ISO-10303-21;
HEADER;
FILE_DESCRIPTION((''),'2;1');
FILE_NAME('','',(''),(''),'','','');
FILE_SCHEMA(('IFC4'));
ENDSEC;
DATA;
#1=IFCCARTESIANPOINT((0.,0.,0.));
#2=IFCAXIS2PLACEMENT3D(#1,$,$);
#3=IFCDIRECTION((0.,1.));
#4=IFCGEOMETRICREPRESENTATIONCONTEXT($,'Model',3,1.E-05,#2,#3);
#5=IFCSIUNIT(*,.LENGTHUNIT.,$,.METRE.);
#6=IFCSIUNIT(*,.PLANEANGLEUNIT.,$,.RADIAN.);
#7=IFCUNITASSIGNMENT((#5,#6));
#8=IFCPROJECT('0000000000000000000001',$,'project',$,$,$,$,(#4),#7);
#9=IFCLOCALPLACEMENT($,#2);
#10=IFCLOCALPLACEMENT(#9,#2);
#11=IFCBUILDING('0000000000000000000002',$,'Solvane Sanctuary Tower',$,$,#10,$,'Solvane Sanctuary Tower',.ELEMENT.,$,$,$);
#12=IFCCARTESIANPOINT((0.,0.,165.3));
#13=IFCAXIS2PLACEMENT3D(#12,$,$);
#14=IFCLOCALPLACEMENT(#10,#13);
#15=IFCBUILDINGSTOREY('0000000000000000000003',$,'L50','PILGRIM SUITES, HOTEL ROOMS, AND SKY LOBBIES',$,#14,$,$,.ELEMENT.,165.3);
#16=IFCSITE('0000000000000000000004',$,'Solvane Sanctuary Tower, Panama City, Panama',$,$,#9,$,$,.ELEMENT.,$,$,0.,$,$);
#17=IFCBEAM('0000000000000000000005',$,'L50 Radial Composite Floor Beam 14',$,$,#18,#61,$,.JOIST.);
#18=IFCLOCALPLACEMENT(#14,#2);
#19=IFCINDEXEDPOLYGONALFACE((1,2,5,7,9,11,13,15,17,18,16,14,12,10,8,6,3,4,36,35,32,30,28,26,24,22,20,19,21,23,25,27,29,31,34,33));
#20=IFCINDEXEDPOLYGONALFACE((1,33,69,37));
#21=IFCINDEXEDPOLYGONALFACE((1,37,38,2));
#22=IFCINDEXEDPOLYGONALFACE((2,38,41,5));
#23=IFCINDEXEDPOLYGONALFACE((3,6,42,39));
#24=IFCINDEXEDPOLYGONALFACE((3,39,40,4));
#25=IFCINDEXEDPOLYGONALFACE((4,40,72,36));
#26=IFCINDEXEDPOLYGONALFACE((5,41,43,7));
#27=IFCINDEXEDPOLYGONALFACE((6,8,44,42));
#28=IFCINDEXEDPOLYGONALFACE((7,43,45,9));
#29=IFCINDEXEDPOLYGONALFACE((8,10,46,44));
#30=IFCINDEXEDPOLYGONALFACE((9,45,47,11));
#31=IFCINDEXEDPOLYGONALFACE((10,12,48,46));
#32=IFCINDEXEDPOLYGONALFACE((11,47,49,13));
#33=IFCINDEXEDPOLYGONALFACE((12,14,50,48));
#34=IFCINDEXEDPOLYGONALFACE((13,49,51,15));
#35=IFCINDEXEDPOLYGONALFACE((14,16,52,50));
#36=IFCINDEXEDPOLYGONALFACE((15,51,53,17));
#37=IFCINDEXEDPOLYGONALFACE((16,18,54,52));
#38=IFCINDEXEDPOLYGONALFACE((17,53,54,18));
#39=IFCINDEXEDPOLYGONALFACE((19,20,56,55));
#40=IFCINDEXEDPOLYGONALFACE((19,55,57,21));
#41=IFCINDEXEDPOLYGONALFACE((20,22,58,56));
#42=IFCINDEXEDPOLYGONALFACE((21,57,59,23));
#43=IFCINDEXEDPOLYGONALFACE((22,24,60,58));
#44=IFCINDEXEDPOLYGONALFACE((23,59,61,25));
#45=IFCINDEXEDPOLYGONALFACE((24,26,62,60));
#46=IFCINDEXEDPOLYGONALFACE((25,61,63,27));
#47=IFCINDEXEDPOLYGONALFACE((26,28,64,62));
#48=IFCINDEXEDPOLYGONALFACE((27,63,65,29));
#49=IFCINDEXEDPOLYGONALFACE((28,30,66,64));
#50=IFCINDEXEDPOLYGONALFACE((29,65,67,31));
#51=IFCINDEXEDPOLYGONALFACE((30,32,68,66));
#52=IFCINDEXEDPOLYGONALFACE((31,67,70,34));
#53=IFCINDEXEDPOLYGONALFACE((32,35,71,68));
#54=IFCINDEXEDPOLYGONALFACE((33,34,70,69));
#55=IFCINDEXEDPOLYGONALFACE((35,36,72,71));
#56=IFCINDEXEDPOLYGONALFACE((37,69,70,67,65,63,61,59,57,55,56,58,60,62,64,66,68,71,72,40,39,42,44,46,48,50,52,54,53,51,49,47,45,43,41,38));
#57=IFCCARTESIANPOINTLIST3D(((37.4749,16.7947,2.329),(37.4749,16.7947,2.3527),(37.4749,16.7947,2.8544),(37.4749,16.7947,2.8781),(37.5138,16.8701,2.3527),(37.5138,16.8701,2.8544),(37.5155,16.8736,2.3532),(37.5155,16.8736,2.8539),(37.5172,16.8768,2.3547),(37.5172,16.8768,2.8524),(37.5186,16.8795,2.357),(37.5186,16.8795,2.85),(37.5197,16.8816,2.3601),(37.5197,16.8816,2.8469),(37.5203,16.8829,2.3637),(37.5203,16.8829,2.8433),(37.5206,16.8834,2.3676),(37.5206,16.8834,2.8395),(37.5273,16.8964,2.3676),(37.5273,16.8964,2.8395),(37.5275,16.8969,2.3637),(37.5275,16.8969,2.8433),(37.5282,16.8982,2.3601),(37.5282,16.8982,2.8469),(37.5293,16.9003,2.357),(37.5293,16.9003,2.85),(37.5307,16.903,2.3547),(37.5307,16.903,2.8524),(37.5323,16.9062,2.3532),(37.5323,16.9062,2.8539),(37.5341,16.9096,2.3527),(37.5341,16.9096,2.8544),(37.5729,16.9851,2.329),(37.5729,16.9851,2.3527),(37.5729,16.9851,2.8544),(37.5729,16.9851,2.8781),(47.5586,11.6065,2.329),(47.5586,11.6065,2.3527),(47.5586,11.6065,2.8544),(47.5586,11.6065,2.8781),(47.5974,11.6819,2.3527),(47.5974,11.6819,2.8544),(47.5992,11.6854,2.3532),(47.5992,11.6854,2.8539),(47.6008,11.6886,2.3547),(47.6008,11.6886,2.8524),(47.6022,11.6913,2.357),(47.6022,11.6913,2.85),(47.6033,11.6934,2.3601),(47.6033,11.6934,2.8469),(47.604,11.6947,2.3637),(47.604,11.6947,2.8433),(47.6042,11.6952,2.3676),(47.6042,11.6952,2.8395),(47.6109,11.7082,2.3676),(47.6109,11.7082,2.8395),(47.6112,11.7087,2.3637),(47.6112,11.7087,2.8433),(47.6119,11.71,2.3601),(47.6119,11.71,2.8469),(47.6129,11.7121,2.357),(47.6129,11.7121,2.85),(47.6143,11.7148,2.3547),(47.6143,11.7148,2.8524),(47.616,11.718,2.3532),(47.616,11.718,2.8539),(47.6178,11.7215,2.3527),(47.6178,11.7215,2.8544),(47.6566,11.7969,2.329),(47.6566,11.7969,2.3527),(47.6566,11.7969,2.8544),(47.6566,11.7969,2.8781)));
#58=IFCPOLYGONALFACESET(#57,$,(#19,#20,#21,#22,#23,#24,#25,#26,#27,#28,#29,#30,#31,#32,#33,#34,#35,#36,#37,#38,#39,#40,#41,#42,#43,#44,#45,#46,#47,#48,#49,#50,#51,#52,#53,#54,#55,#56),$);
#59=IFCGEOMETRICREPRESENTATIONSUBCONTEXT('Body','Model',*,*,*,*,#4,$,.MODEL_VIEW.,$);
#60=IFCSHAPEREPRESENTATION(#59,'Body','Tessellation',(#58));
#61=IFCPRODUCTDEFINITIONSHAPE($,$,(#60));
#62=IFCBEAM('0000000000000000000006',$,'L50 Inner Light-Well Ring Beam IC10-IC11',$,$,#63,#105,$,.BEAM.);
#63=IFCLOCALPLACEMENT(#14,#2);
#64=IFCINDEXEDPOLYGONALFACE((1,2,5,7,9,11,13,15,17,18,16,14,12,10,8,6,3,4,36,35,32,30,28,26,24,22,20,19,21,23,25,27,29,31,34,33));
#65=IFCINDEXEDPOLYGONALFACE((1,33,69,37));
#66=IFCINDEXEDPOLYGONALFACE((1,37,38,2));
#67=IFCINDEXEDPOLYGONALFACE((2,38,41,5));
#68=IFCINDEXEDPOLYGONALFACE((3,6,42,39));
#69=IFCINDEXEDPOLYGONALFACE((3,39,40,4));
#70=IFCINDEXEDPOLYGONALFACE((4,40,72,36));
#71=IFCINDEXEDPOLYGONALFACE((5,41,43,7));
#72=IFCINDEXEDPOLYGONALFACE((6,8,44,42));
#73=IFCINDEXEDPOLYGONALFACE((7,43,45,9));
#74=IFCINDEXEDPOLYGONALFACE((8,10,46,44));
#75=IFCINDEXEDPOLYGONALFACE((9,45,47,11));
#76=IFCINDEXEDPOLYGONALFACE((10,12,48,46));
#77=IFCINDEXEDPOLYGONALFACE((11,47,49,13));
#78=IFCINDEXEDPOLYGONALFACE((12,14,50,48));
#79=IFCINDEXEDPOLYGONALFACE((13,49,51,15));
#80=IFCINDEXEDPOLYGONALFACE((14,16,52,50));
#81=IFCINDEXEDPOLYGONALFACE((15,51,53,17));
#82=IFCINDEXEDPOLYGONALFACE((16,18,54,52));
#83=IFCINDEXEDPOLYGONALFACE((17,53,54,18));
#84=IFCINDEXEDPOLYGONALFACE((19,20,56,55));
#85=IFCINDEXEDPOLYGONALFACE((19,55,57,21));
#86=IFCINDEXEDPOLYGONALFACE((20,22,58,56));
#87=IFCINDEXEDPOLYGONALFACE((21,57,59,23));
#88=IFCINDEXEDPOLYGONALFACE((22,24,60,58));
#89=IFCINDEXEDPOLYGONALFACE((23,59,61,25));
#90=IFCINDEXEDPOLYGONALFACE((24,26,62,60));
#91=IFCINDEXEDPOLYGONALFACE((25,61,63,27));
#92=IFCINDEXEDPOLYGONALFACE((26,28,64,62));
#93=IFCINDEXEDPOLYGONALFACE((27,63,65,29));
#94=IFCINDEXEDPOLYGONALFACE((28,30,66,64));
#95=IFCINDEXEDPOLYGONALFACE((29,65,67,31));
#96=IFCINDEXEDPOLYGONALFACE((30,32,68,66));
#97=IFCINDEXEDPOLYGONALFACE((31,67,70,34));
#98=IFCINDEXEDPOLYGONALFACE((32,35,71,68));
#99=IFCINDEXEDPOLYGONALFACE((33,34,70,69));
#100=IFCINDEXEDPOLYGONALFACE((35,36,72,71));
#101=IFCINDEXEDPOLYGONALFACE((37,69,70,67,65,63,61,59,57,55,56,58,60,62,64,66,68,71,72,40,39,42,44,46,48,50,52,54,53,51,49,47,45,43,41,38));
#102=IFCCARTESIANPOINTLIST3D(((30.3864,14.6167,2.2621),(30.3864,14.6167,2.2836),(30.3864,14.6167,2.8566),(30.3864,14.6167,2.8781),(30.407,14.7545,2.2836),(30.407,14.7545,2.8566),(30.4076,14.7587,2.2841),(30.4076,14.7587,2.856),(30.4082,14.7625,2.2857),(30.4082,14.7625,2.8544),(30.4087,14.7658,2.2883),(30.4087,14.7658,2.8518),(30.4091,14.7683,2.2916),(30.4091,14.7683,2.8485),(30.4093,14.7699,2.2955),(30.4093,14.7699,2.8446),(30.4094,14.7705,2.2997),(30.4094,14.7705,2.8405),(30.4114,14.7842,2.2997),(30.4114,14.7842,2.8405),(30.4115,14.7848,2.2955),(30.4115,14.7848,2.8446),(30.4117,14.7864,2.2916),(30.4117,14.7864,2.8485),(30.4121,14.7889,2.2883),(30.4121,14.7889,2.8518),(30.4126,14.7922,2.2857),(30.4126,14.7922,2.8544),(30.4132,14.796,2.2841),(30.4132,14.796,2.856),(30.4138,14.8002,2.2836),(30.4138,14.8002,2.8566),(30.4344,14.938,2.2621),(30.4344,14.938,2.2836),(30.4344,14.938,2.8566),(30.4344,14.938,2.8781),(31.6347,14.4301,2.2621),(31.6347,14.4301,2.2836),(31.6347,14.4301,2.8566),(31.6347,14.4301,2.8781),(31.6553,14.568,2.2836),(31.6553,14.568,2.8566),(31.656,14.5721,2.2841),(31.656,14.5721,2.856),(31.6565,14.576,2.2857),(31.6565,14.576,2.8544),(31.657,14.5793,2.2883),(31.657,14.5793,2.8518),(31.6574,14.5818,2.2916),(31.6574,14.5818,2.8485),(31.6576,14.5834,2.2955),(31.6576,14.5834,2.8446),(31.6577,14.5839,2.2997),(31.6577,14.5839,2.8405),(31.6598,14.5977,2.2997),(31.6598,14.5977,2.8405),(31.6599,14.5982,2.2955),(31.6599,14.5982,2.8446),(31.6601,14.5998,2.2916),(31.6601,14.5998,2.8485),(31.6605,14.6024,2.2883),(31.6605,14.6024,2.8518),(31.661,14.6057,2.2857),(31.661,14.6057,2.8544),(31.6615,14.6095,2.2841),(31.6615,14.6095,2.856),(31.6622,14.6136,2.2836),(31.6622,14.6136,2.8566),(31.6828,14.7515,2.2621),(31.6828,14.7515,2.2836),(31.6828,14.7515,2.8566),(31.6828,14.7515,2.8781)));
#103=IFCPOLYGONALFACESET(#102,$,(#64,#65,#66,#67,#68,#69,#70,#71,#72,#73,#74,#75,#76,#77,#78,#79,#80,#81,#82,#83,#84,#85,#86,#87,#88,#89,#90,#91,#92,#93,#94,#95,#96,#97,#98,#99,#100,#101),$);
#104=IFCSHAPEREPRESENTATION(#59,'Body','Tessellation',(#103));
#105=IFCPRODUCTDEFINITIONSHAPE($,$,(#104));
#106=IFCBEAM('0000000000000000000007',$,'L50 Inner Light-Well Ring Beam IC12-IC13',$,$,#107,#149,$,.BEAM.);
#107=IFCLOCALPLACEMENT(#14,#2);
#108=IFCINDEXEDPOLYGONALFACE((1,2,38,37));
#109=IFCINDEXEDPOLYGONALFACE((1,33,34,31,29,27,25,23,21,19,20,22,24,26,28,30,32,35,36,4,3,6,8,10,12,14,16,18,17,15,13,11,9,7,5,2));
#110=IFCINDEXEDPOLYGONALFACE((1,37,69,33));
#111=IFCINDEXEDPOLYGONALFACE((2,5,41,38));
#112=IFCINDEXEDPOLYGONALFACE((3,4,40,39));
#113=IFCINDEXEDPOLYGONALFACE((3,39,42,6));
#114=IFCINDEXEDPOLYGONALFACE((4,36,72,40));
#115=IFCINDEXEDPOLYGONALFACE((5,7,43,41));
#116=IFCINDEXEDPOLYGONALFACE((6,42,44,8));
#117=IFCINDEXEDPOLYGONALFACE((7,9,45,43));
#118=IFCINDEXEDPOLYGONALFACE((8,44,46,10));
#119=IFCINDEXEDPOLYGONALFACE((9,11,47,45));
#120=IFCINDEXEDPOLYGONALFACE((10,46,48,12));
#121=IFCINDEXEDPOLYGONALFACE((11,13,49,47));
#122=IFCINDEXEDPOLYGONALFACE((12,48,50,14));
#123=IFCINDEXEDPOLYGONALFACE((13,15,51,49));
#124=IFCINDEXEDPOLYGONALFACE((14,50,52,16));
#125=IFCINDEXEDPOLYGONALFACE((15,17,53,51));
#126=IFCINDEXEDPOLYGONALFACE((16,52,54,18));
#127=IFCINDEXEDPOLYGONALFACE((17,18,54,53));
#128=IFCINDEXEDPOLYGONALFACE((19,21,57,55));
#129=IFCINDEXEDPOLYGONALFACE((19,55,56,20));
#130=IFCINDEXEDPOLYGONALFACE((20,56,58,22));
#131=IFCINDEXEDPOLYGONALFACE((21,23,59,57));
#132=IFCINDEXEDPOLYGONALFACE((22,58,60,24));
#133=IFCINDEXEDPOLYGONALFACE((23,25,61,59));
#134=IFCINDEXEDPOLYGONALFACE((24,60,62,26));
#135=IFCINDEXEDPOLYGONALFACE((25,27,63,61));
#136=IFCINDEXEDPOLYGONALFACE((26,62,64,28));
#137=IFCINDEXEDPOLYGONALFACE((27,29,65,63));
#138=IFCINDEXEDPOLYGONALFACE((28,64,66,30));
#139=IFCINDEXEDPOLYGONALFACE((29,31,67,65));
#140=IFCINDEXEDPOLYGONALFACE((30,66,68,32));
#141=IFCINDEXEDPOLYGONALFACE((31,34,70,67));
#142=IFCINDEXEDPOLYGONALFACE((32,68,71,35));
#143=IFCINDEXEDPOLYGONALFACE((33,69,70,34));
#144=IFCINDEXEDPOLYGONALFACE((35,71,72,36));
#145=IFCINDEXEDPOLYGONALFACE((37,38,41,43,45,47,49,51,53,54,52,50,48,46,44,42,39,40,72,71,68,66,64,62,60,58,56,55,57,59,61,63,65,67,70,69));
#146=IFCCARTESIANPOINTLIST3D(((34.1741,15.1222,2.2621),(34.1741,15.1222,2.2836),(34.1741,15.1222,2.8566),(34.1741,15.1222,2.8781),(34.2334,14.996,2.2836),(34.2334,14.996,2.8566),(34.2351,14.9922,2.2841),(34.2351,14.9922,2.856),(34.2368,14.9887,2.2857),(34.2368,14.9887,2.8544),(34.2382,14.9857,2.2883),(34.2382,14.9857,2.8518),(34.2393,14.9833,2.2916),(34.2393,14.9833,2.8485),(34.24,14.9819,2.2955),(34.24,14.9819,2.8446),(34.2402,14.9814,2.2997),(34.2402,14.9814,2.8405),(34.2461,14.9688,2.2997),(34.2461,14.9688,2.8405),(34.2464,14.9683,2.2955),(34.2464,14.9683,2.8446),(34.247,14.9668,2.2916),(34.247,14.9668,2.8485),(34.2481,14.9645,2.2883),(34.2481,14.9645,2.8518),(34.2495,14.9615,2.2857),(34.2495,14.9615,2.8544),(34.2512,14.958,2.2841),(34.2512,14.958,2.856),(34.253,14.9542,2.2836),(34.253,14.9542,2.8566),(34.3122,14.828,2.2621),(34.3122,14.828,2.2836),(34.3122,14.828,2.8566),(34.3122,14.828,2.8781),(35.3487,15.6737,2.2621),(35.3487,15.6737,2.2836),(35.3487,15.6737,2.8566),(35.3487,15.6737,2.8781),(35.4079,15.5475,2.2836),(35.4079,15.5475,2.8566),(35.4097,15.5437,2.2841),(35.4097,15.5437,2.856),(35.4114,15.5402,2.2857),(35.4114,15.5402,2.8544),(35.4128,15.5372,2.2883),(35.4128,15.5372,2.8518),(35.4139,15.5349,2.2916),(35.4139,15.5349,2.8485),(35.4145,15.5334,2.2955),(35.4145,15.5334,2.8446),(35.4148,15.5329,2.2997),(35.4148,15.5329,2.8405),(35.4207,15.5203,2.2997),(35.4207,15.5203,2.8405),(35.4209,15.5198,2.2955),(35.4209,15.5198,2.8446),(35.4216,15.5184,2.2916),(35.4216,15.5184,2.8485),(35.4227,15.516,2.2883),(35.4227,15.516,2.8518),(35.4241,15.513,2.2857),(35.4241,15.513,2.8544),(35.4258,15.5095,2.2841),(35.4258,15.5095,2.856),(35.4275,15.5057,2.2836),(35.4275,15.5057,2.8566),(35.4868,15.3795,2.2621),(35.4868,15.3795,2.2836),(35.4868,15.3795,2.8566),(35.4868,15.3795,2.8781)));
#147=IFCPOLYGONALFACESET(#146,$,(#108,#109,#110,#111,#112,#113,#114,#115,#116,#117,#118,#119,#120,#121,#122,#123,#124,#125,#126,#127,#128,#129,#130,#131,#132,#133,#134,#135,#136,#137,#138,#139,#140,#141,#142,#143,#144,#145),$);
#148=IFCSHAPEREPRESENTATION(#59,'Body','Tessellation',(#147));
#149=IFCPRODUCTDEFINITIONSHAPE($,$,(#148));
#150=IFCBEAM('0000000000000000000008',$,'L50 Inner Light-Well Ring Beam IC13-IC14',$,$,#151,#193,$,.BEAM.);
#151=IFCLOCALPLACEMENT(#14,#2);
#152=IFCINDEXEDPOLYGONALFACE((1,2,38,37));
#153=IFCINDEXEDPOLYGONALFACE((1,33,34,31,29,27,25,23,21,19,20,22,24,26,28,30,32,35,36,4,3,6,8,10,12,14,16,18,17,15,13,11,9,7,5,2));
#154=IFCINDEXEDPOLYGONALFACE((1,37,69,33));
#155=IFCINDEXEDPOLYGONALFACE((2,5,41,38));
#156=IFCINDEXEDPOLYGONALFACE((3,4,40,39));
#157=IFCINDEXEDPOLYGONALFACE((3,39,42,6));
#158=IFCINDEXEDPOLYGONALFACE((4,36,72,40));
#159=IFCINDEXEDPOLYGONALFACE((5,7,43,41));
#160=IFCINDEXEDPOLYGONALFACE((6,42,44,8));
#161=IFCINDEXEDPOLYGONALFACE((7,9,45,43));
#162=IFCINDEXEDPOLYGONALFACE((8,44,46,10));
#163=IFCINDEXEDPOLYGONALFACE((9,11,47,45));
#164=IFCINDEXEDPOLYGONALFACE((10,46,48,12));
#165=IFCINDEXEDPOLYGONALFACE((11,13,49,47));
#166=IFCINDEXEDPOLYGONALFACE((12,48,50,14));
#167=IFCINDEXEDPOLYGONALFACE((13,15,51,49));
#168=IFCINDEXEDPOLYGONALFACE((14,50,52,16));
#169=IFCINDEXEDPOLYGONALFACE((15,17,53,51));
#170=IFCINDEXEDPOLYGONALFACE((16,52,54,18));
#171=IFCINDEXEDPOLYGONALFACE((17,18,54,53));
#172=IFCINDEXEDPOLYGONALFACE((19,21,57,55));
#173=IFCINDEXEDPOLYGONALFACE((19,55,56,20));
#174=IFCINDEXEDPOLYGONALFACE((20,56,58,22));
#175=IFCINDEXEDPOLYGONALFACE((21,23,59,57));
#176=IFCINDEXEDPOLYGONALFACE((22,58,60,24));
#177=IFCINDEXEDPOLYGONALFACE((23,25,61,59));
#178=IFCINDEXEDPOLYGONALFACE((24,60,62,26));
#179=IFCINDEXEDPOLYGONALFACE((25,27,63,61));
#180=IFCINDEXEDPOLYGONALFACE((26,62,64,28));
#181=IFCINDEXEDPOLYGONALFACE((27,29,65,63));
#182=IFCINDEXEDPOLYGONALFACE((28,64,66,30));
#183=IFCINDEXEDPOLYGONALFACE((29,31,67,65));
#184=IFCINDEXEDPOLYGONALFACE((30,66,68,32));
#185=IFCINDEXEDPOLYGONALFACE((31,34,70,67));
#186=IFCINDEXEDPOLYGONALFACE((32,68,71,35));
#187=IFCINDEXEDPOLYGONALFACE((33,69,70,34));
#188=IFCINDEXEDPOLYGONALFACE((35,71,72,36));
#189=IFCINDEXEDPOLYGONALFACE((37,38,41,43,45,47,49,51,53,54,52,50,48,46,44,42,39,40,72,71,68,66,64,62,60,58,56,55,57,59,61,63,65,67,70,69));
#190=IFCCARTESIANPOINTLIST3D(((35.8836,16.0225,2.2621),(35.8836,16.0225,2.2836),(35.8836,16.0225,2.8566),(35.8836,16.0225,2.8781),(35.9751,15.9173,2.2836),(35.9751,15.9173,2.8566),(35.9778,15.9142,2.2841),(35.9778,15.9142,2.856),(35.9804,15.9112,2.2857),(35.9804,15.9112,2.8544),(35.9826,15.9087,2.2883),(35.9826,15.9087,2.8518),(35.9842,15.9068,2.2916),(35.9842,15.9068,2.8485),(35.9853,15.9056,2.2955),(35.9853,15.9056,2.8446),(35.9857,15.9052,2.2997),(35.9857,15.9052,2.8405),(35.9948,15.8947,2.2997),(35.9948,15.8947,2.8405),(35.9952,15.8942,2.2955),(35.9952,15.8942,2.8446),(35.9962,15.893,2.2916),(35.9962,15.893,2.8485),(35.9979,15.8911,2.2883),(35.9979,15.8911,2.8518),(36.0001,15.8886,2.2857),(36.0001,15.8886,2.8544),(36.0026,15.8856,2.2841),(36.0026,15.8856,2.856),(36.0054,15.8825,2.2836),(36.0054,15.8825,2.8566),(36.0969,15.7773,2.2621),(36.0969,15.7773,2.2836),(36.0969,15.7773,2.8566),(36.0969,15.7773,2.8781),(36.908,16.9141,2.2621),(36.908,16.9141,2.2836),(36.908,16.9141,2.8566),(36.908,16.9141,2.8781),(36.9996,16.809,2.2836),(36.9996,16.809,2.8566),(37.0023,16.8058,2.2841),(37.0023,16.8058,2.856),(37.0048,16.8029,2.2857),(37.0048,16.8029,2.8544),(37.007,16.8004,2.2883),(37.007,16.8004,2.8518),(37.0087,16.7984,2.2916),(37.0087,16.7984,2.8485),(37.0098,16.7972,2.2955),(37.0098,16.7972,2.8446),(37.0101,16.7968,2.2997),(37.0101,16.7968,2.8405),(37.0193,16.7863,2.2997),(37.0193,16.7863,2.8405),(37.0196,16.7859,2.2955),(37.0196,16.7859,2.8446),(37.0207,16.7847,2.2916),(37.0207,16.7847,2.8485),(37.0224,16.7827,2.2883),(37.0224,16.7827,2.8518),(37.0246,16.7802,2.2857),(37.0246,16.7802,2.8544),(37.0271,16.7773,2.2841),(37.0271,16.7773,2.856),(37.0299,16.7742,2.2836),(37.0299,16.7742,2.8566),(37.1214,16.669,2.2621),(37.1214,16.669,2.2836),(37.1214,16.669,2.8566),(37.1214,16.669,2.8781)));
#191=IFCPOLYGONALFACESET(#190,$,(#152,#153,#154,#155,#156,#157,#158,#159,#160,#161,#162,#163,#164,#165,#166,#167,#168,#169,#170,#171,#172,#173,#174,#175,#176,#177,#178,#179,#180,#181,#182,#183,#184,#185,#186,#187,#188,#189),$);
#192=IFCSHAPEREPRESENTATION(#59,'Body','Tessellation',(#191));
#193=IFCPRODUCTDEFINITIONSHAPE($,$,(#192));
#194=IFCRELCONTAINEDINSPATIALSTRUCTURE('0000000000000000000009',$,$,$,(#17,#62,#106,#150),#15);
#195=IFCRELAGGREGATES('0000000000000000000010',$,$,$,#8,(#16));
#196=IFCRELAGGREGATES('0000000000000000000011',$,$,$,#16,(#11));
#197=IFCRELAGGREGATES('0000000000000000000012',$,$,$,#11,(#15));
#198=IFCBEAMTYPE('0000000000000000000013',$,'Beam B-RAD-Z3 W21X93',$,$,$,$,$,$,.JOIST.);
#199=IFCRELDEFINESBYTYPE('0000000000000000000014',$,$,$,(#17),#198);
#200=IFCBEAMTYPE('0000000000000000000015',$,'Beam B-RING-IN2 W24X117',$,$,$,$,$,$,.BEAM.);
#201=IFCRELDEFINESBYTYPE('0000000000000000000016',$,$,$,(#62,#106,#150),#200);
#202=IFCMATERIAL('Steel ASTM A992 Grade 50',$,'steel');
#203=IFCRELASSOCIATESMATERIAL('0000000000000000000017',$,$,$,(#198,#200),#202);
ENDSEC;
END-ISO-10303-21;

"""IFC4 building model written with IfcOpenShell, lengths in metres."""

from ifc_helpers import new_model, si_unit, direction, frame, origin, origin_2d, place, context, subcontext, project, spatial, i_section, extrude, material, material_profile, profile_set, type_object, element, save


model = new_model("IFC4")

# Units and contexts
model_context = context("Model", 3, precision=1e-05, world=origin(), true_north=direction((0.0, 1.0)))
body_context = subcontext(model_context, "Body", "Model", "MODEL_VIEW")
ifc_project = project(units=[si_unit("LENGTHUNIT", "METRE"), si_unit("PLANEANGLEUNIT", "RADIAN")], contexts=[model_context])

# Site, building, storey
site_placement = place(None, origin())
site = spatial("IfcSite", under=ifc_project, at=site_placement, Name="Solvane Sanctuary Tower, Panama City, Panama", CompositionType="ELEMENT", RefElevation=0.0)
building_placement = place(site_placement, origin())
building = spatial("IfcBuilding", under=site, at=building_placement, Name="Solvane Sanctuary Tower", LongName="Solvane Sanctuary Tower", CompositionType="ELEMENT")
storey_placement = place(building_placement, frame((0.0, 0.0, 165.3)))
storey = spatial("IfcBuildingStorey", under=building, at=storey_placement, Name="L50", Description="PILGRIM SUITES, HOTEL ROOMS, AND SKY LOBBIES", CompositionType="ELEMENT", Elevation=165.3)

# Beams
ifc_material_1 = material(Name="Steel ASTM A992 Grade 50", Category="steel")
ifc_material_profile_1 = material_profile(ifc_material_1, i_section(OverallWidth=0.2141, OverallDepth=0.5491, WebThickness=0.0146, FlangeThickness=0.0237, FilletRadius=0.0149, at=origin_2d()), Name="W21X93")
ifc_profile_set_1 = profile_set([ifc_material_profile_1], Name="Steel ASTM A992 Grade 50")
beam_type_1 = type_object("IfcBeamType", Name="Beam B-RAD-Z3 W21X93", PredefinedType="JOIST", material=ifc_profile_set_1)
beam_1_placement = place(storey_placement, frame((37.5239, 16.8899, 2.6035), z_axis=(0.889205, -0.457509, 0.0), x_axis=(0.457509, 0.889205, 0.0)))
element("IfcBeam", 1, at=beam_1_placement, inside=storey, type_object=beam_type_1, Name="L50 Radial Composite Floor Beam 14", PredefinedType="JOIST", context=body_context, shape_type="SweptSolid", body=[
    extrude(i_section(OverallWidth=0.2141, OverallDepth=0.5491, WebThickness=0.0146, FlangeThickness=0.0237, FilletRadius=0.0149, at=origin_2d()), origin(), (0.0, 0.0, 1.0), 11.3401),
])
ifc_material_profile_2 = material_profile(ifc_material_1, i_section(OverallWidth=0.325, OverallDepth=0.616, WebThickness=0.0139, FlangeThickness=0.0215, FilletRadius=0.0161, at=origin_2d()), Name="W24X117")
ifc_profile_set_2 = profile_set([ifc_material_profile_2], Name="Steel ASTM A992 Grade 50")
beam_type_2 = type_object("IfcBeamType", Name="Beam B-RING-IN2 W24X117", PredefinedType="BEAM", material=ifc_profile_set_2)
beam_2_placement = place(storey_placement, frame((30.4104, 14.7773, 2.5701), z_axis=(0.98902, -0.147782, 0.0), x_axis=(0.147782, 0.98902, 0.0)))
element("IfcBeam", 2, at=beam_2_placement, inside=storey, type_object=beam_type_2, Name="L50 Inner Light-Well Ring Beam IC10-IC11", PredefinedType="BEAM", context=body_context, shape_type="SweptSolid", body=[
    extrude(i_section(OverallWidth=0.325, OverallDepth=0.616, WebThickness=0.0139, FlangeThickness=0.0215, FilletRadius=0.0161, at=origin_2d()), origin(), (0.0, 0.0, 1.0), 1.2622),
])
beam_3_placement = place(storey_placement, frame((34.2432, 14.9751, 2.5701), z_axis=(0.905181, 0.425027, 0.0), x_axis=(-0.425027, 0.905181, 0.0)))
element("IfcBeam", 3, at=beam_3_placement, inside=storey, type_object=beam_type_2, Name="L50 Inner Light-Well Ring Beam IC12-IC13", PredefinedType="BEAM", context=body_context, shape_type="SweptSolid", body=[
    extrude(i_section(OverallWidth=0.325, OverallDepth=0.616, WebThickness=0.0139, FlangeThickness=0.0215, FilletRadius=0.0161, at=origin_2d()), origin(), (0.0, 0.0, 1.0), 1.2976),
])
beam_4_placement = place(storey_placement, frame((35.9902, 15.8999, 2.5701), z_axis=(0.754311, 0.656517, 0.0), x_axis=(-0.656517, 0.754311, 0.0)))
element("IfcBeam", 4, at=beam_4_placement, inside=storey, type_object=beam_type_2, Name="L50 Inner Light-Well Ring Beam IC13-IC14", PredefinedType="BEAM", context=body_context, shape_type="SweptSolid", body=[
    extrude(i_section(OverallWidth=0.325, OverallDepth=0.616, WebThickness=0.0139, FlangeThickness=0.0215, FilletRadius=0.0161, at=origin_2d()), origin(), (0.0, 0.0, 1.0), 1.3582),
])

save(model, "model.ifc")
